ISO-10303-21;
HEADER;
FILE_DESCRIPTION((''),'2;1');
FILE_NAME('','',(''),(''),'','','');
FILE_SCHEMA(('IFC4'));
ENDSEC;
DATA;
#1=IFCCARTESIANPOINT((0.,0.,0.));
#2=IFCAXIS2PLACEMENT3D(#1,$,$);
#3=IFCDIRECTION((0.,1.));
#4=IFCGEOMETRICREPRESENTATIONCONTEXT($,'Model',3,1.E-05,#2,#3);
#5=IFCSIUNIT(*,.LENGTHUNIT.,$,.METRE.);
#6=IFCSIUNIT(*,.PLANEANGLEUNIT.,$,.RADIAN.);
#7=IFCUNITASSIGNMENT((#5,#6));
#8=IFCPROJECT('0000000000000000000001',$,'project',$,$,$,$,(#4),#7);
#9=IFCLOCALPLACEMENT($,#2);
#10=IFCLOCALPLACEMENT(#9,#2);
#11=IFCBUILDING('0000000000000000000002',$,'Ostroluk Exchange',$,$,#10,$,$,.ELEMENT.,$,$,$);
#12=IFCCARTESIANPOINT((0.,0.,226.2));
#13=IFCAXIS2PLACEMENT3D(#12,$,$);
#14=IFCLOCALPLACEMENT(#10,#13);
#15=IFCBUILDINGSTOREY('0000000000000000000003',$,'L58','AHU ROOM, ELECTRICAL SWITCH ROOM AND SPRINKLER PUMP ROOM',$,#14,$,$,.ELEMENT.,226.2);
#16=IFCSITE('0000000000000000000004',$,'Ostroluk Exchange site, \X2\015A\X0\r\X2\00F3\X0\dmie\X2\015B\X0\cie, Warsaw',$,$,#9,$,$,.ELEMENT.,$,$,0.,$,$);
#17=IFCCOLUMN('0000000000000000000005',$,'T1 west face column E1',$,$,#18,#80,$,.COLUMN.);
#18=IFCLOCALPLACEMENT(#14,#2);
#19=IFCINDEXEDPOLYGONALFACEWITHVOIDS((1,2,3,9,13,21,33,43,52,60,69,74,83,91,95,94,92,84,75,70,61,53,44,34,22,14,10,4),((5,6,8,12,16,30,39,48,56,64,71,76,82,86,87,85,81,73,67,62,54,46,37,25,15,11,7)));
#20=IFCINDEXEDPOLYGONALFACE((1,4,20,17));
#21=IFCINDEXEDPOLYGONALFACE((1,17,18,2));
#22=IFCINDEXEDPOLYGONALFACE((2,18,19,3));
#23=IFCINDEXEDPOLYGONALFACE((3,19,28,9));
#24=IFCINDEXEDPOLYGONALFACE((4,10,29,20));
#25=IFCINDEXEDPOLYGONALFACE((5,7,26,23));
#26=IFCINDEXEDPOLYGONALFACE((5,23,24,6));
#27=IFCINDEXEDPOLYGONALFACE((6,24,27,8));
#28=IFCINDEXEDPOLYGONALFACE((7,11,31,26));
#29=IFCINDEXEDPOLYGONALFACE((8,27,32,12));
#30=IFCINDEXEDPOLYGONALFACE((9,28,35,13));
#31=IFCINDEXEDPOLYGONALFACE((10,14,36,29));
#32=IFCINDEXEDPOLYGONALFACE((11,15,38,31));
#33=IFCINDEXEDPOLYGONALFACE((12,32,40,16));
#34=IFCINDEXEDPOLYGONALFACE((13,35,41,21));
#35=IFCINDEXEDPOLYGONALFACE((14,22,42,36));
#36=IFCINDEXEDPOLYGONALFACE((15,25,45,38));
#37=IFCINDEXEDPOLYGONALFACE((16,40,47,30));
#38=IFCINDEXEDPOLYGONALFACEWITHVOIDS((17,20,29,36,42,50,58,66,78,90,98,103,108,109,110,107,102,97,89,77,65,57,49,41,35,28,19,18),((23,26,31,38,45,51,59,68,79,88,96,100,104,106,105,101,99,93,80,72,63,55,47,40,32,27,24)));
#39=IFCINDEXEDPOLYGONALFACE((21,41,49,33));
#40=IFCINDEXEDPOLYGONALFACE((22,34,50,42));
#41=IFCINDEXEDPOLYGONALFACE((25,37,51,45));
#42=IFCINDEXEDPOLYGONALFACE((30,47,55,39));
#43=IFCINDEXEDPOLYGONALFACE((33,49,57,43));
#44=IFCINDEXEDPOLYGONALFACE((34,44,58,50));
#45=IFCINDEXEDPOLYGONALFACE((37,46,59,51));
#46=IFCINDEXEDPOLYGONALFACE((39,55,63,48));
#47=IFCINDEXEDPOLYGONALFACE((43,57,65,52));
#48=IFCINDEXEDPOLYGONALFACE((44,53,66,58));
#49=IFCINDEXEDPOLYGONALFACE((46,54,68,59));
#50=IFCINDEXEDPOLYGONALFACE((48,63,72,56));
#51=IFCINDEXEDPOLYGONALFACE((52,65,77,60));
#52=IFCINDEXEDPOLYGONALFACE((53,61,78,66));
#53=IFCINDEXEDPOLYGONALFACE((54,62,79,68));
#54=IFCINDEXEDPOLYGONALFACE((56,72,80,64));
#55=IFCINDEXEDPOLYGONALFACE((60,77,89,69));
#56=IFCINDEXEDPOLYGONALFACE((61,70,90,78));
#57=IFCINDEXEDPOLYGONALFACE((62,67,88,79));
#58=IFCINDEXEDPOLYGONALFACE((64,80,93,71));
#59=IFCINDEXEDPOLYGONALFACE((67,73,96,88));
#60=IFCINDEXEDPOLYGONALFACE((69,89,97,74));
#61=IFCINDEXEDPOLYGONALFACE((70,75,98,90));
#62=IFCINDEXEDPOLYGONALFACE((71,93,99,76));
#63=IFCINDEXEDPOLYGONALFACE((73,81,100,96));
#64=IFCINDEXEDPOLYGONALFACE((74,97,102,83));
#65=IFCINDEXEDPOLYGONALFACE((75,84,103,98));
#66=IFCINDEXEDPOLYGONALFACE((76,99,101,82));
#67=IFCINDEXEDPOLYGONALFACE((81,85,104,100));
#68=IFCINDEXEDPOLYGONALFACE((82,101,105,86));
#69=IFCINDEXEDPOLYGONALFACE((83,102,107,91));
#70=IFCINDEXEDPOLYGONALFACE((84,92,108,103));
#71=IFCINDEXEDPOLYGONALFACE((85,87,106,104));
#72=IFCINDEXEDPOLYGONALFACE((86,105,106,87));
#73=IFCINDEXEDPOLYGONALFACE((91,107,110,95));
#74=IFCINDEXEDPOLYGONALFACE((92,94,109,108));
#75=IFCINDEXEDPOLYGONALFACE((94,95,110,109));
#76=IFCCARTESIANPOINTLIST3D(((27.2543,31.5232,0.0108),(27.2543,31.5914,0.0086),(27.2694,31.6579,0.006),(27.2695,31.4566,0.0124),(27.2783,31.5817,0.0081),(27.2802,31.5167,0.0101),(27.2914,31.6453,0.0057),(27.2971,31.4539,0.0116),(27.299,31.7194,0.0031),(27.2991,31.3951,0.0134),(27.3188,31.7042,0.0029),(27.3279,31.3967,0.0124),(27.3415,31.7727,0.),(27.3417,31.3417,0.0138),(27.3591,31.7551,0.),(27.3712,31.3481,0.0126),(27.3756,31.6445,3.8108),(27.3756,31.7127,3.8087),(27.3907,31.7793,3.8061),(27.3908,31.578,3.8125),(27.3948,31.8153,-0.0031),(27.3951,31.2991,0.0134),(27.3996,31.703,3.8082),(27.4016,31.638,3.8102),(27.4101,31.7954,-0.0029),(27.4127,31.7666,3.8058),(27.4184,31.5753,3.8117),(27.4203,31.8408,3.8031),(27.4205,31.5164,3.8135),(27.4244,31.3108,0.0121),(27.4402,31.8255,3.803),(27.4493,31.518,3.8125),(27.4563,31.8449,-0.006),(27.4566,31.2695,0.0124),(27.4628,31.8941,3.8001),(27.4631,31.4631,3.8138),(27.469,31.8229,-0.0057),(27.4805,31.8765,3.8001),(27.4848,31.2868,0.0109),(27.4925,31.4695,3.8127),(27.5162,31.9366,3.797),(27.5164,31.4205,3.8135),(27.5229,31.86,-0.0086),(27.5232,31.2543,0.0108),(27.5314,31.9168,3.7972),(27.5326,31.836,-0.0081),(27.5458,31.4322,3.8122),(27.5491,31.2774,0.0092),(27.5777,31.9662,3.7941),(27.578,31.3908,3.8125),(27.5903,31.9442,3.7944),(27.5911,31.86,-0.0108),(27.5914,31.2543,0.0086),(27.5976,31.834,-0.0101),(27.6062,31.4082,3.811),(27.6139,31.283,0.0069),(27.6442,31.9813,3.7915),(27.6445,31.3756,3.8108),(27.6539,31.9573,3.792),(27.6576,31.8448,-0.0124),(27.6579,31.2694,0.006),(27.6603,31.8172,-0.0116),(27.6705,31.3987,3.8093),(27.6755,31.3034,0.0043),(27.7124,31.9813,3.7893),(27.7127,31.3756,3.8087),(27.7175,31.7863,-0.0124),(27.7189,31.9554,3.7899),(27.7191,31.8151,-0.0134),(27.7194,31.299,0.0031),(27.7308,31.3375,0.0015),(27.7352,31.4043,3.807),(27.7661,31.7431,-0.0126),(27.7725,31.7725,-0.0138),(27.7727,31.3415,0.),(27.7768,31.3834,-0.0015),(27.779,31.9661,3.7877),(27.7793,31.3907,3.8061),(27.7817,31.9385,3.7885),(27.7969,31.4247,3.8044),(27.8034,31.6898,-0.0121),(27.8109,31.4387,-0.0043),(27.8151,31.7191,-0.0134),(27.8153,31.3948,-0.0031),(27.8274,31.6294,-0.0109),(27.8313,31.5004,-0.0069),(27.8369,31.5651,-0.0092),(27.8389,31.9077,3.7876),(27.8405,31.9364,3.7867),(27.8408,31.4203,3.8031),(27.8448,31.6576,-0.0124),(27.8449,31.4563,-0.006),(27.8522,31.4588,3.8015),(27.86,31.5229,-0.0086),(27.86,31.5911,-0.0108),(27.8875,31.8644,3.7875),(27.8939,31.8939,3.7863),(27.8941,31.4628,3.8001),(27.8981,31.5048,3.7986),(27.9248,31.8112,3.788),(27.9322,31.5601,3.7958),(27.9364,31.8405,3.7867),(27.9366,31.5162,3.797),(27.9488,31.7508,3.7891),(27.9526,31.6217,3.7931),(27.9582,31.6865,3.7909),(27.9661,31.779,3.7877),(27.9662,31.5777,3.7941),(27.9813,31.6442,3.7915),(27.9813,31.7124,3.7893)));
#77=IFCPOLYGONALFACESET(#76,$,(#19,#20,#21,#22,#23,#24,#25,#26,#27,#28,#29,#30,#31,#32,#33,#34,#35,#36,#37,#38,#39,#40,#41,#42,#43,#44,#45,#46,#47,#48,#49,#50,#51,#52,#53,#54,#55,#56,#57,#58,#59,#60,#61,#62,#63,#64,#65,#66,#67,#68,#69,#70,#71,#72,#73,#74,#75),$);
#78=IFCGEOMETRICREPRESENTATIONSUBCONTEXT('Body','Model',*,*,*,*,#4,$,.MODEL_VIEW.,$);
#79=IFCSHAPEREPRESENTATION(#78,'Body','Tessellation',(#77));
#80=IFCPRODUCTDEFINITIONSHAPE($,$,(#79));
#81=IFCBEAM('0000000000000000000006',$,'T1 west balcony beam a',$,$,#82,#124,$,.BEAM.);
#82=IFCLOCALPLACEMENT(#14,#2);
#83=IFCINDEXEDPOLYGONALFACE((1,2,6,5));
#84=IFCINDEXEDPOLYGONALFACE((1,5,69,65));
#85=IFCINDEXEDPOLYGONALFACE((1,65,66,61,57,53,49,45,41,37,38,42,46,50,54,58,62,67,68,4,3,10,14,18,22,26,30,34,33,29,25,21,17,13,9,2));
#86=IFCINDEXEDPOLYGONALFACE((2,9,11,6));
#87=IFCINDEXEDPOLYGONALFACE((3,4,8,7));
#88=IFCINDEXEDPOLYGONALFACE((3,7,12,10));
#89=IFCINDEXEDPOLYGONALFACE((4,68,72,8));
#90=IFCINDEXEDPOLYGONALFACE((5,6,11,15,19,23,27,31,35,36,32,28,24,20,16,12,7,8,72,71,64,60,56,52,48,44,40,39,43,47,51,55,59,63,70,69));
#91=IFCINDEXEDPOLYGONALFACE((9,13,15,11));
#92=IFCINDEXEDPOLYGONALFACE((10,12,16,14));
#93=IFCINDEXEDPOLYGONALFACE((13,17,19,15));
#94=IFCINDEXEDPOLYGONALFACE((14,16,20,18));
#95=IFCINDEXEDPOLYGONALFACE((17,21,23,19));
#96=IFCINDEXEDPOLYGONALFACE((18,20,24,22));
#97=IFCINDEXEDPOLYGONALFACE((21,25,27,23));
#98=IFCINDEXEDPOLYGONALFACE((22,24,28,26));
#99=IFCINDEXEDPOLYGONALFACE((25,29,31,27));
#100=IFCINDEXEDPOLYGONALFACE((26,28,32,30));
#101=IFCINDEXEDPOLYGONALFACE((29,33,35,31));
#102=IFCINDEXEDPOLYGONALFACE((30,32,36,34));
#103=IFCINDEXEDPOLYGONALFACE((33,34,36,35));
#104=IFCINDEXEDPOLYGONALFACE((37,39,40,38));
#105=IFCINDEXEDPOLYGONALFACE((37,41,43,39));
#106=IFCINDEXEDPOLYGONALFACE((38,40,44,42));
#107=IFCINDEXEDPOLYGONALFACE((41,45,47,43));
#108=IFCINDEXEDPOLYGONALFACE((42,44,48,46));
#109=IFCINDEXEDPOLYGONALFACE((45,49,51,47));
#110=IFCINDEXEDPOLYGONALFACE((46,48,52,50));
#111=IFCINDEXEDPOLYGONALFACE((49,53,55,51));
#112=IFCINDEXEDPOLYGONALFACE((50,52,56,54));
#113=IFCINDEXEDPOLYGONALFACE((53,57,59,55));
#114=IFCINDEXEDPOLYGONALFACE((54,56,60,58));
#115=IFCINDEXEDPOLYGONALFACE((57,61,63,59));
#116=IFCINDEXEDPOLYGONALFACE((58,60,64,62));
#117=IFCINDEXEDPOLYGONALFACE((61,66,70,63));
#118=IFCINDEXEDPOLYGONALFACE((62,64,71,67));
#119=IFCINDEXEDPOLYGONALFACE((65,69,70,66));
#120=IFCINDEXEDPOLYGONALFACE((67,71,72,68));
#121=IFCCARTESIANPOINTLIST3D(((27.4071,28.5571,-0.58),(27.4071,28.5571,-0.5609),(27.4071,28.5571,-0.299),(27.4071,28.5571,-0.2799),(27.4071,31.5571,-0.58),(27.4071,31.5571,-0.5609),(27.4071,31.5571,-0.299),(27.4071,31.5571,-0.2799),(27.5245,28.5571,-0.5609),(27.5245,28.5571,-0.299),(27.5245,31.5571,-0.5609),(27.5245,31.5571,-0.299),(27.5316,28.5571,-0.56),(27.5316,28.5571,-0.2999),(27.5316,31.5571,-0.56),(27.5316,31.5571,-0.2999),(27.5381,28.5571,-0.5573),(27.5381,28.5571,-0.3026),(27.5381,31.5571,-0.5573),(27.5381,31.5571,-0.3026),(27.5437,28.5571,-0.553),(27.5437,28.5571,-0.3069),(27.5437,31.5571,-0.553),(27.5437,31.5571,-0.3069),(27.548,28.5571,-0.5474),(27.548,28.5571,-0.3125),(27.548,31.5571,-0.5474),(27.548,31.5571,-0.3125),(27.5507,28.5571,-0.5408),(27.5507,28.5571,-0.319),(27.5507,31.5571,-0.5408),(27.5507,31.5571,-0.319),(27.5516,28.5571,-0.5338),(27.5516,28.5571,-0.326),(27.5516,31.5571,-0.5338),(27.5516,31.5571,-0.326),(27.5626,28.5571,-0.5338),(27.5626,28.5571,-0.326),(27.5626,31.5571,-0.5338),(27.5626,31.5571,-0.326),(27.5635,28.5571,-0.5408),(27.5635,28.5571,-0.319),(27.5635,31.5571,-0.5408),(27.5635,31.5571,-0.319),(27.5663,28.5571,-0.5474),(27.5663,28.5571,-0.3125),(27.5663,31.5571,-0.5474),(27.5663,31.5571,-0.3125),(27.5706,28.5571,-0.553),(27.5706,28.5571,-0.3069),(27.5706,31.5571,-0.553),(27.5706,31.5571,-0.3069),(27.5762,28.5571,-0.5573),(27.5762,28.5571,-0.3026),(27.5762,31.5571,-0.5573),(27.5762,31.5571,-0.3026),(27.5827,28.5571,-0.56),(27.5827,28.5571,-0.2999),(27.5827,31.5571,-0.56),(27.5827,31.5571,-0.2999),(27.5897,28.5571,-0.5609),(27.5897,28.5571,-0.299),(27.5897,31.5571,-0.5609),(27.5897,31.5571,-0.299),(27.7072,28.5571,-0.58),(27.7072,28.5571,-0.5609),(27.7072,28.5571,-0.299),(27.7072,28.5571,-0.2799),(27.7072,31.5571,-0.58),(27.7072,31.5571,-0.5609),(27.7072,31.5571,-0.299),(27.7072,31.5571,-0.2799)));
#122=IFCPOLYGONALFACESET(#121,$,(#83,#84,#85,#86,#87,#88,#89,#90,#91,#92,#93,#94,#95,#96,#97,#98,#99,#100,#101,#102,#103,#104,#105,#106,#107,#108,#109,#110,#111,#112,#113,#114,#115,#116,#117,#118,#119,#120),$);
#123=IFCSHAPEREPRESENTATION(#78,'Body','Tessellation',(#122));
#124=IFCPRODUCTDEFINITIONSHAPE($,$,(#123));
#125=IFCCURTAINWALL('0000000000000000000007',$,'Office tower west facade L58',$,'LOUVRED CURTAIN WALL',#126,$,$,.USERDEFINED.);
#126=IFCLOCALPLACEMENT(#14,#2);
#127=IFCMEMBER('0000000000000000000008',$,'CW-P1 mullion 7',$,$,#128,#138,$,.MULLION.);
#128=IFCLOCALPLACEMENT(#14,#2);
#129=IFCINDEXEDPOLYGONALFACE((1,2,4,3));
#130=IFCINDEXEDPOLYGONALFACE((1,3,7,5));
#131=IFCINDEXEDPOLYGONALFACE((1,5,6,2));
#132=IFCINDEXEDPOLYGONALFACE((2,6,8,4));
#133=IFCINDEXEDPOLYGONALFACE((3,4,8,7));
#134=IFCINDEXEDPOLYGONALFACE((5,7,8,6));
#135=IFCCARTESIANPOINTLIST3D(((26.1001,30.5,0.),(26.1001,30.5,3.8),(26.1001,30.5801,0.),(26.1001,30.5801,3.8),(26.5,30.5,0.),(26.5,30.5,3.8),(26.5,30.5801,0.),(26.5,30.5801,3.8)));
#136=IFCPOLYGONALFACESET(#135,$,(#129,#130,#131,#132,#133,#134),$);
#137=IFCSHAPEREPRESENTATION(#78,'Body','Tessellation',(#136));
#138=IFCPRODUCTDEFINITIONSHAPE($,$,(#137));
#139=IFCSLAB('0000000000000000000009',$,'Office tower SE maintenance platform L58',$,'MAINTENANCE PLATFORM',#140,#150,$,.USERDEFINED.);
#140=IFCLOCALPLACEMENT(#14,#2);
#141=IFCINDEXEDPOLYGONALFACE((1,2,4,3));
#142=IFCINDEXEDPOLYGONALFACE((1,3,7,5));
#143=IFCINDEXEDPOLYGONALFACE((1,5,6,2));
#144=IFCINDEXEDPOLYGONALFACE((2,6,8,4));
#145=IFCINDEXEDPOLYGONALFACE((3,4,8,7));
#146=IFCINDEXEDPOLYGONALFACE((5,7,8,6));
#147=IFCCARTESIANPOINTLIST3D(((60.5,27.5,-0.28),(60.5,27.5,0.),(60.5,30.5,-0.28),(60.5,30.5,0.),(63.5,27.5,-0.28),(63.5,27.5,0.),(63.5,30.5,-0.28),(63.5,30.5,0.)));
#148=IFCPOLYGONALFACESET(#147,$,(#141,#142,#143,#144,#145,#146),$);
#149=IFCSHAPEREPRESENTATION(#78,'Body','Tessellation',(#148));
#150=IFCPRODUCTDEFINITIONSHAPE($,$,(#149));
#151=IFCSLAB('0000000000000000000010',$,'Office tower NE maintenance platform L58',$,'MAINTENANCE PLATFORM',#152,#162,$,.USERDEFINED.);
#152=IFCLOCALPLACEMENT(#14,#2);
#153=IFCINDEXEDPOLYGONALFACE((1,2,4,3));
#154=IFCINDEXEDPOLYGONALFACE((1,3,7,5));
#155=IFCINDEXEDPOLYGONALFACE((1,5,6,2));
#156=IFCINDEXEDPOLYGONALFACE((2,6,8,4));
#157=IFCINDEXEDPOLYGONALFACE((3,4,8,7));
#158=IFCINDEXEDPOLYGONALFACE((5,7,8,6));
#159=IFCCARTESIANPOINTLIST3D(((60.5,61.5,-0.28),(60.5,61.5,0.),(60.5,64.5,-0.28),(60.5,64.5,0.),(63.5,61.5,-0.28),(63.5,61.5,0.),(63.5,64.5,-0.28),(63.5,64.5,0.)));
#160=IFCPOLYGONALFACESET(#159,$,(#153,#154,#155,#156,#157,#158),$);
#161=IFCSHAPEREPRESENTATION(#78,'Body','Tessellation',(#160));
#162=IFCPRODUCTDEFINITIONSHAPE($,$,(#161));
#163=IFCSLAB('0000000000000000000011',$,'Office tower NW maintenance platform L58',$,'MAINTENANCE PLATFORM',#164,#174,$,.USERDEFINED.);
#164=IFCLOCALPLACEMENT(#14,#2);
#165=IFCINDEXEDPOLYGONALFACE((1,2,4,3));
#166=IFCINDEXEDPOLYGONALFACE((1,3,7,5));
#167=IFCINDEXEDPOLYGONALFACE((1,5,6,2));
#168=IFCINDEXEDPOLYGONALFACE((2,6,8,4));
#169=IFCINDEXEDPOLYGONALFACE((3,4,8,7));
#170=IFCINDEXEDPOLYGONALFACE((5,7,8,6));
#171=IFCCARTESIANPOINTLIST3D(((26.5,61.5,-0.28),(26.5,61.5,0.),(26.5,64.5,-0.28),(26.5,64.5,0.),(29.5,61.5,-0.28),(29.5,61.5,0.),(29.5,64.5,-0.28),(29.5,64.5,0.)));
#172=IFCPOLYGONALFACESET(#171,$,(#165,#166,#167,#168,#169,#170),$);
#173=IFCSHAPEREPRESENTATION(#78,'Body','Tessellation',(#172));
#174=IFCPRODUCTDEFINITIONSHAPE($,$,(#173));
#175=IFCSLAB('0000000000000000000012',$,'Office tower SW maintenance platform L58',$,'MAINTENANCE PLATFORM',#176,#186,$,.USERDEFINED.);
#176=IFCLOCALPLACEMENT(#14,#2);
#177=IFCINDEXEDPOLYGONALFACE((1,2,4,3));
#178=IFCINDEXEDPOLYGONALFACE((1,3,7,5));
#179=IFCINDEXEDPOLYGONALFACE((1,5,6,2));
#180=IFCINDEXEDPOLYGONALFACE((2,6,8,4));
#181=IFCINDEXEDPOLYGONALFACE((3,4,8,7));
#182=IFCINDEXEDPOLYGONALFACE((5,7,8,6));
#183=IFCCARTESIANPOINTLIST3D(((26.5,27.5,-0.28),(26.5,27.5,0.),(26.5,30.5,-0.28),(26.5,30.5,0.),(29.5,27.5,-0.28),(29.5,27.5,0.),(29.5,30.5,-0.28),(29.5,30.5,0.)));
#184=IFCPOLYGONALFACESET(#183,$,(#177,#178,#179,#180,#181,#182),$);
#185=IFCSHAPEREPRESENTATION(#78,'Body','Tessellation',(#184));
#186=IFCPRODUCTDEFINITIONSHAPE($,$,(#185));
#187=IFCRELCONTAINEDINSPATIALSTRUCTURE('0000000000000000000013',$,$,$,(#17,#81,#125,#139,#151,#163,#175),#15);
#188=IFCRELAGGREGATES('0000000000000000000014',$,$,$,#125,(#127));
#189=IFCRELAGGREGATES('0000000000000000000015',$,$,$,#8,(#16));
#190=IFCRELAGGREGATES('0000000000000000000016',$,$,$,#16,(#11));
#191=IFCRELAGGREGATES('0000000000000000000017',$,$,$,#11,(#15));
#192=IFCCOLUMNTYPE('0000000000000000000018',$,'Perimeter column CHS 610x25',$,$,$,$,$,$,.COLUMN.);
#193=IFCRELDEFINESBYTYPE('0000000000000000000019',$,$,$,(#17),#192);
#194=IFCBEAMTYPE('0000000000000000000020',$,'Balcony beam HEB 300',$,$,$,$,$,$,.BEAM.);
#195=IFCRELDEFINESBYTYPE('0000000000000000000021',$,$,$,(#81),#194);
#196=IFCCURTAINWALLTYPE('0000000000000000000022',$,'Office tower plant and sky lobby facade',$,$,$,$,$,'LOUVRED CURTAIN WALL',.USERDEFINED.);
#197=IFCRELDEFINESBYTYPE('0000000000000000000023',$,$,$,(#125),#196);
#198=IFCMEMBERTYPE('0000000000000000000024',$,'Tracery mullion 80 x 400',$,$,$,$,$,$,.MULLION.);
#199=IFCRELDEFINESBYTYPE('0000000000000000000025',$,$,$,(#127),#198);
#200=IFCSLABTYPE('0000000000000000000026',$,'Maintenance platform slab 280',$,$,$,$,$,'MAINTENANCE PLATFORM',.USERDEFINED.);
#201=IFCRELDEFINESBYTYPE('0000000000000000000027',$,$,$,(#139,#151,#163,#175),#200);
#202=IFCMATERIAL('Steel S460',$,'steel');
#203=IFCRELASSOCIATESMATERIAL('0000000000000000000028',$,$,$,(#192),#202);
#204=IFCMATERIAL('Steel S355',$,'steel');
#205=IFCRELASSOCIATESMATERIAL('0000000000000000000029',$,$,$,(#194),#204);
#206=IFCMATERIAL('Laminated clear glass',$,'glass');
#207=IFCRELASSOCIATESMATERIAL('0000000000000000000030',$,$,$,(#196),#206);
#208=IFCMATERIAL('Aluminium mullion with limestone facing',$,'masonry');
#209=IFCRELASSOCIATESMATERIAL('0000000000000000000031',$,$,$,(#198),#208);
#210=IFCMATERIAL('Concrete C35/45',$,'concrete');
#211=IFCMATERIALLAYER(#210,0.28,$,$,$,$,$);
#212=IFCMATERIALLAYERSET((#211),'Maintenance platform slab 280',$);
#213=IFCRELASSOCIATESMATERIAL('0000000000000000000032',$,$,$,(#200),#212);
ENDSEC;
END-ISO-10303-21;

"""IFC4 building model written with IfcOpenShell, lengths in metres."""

from ifc_helpers import new_model, si_unit, direction, frame, origin, origin_2d, place, context, subcontext, project, spatial, polyline, rectangle, hollow_circle, i_section, outline, extrude, material, layer, layer_set, material_profile, profile_set, type_object, element, aggregate, save


model = new_model("IFC4")

# Units and contexts
model_context = context("Model", 3, precision=1e-05, world=origin(), true_north=direction((0.0, 1.0)))
body_context = subcontext(model_context, "Body", "Model", "MODEL_VIEW")
ifc_project = project(units=[si_unit("LENGTHUNIT", "METRE"), si_unit("PLANEANGLEUNIT", "RADIAN")], contexts=[model_context])

# Site, building, storey
site_placement = place(None, origin())
site = spatial("IfcSite", under=ifc_project, at=site_placement, Name="Ostroluk Exchange site, Śródmieście, Warsaw", CompositionType="ELEMENT", RefElevation=0.0)
building_placement = place(site_placement, origin())
building = spatial("IfcBuilding", under=site, at=building_placement, Name="Ostroluk Exchange", CompositionType="ELEMENT")
storey_placement = place(building_placement, frame((0.0, 0.0, 226.2)))
storey = spatial("IfcBuildingStorey", under=building, at=storey_placement, Name="L58", Description="AHU ROOM, ELECTRICAL SWITCH ROOM AND SPRINKLER PUMP ROOM", CompositionType="ELEMENT", Elevation=226.2)

# Column
ifc_material_1 = material(Name="Steel S460", Category="steel")
ifc_material_profile_1 = material_profile(ifc_material_1, hollow_circle(Radius=0.3049, WallThickness=0.0249, at=origin_2d()), Name="CHS 610x25")
ifc_profile_set_1 = profile_set([ifc_material_profile_1], Name="Steel S460")
column_type = type_object("IfcColumnType", Name="Perimeter column CHS 610x25", PredefinedType="COLUMN", material=ifc_profile_set_1)
column_placement = place(storey_placement, frame((27.5571, 31.5571, 0.0), z_axis=(0.031898, 0.031898, 0.998982), x_axis=(-0.707107, 0.707107, 0.0)))
element("IfcColumn", 1, at=column_placement, inside=storey, type_object=column_type, Name="T1 west face column E1", PredefinedType="COLUMN", context=body_context, shape_type="SweptSolid", body=[
    extrude(hollow_circle(Radius=0.3049, WallThickness=0.0249, at=origin_2d()), origin(), (0.0, 0.0, 1.0), 3.804),
])

# Beam
ifc_material_2 = material(Name="Steel S355", Category="steel")
ifc_material_profile_2 = material_profile(ifc_material_2, i_section(OverallWidth=0.3, OverallDepth=0.3, WebThickness=0.011, FlangeThickness=0.019, FilletRadius=0.0271, at=origin_2d()), Name="HEB 300")
ifc_profile_set_2 = profile_set([ifc_material_profile_2], Name="Steel S355")
beam_type = type_object("IfcBeamType", Name="Balcony beam HEB 300", PredefinedType="BEAM", material=ifc_profile_set_2)
beam_placement = place(storey_placement, frame((27.5571, 31.5571, -0.4299), z_axis=(0.0, -1.0, 0.0), x_axis=(1.0, 0.0, 0.0)))
element("IfcBeam", 2, at=beam_placement, inside=storey, type_object=beam_type, Name="T1 west balcony beam a", PredefinedType="BEAM", context=body_context, shape_type="SweptSolid", body=[
    extrude(i_section(OverallWidth=0.3, OverallDepth=0.3, WebThickness=0.011, FlangeThickness=0.019, FilletRadius=0.0271, at=origin_2d()), origin(), (0.0, 0.0, 1.0), 3.0),
])

# Curtain wall, member
ifc_material_3 = material(Name="Laminated clear glass", Category="glass")
curtain_wall_type = type_object("IfcCurtainWallType", Name="Office tower plant and sky lobby facade", ElementType="LOUVRED CURTAIN WALL", PredefinedType="USERDEFINED", material=ifc_material_3)
curtain_wall_placement = place(storey_placement, origin())
curtain_wall = element("IfcCurtainWall", 3, at=curtain_wall_placement, inside=storey, type_object=curtain_wall_type, Name="Office tower west facade L58", ObjectType="LOUVRED CURTAIN WALL", PredefinedType="USERDEFINED")
ifc_material_4 = material(Name="Aluminium mullion with limestone facing", Category="masonry")
ifc_material_profile_3 = material_profile(ifc_material_4, rectangle(XDim=0.3999, YDim=0.0801, at=origin_2d()), Name="Tracery mullion 80 x 400")
ifc_profile_set_3 = profile_set([ifc_material_profile_3], Name="Aluminium mullion with limestone facing")
member_type = type_object("IfcMemberType", Name="Tracery mullion 80 x 400", PredefinedType="MULLION", material=ifc_profile_set_3)
member_placement = place(storey_placement, frame((26.3, 30.54, 0.0), z_axis=(0.0, 0.0, 1.0), x_axis=(1.0, 0.0, 0.0)))
member = element("IfcMember", 4, at=member_placement, type_object=member_type, Name="CW-P1 mullion 7", PredefinedType="MULLION", context=body_context, shape_type="SweptSolid", body=[
    extrude(rectangle(XDim=0.3999, YDim=0.0801, at=origin_2d()), origin(), (0.0, 0.0, 1.0), 3.8),
])
aggregate(curtain_wall, [member])

# Slabs
ifc_material_5 = material(Name="Concrete C35/45", Category="concrete")
ifc_layer_1 = layer(ifc_material_5, 0.28)
ifc_layer_set_1 = layer_set([ifc_layer_1], Name="Maintenance platform slab 280")
slab_type_1 = type_object("IfcSlabType", Name="Maintenance platform slab 280", ElementType="MAINTENANCE PLATFORM", PredefinedType="USERDEFINED", material=ifc_layer_set_1)
slab_1_placement = place(storey_placement, frame((0.0, 0.0, -0.28)))
element("IfcSlab", 5, at=slab_1_placement, inside=storey, type_object=slab_type_1, Name="Office tower SE maintenance platform L58", ObjectType="MAINTENANCE PLATFORM", PredefinedType="USERDEFINED", context=body_context, shape_type="SweptSolid", body=[
    extrude(outline(polyline([(60.5, 27.5), (63.5, 27.5), (63.5, 30.5), (60.5, 30.5), (60.5, 27.5)])), origin(), (0.0, 0.0, 1.0), 0.28),
])
slab_2_placement = place(storey_placement, frame((0.0, 0.0, -0.28)))
element("IfcSlab", 6, at=slab_2_placement, inside=storey, type_object=slab_type_1, Name="Office tower NE maintenance platform L58", ObjectType="MAINTENANCE PLATFORM", PredefinedType="USERDEFINED", context=body_context, shape_type="SweptSolid", body=[
    extrude(outline(polyline([(60.5, 61.5), (63.5, 61.5), (63.5, 64.5), (60.5, 64.5), (60.5, 61.5)])), origin(), (0.0, 0.0, 1.0), 0.28),
])
slab_3_placement = place(storey_placement, frame((0.0, 0.0, -0.28)))
element("IfcSlab", 7, at=slab_3_placement, inside=storey, type_object=slab_type_1, Name="Office tower NW maintenance platform L58", ObjectType="MAINTENANCE PLATFORM", PredefinedType="USERDEFINED", context=body_context, shape_type="SweptSolid", body=[
    extrude(outline(polyline([(26.5, 61.5), (29.5, 61.5), (29.5, 64.5), (26.5, 64.5), (26.5, 61.5)])), origin(), (0.0, 0.0, 1.0), 0.28),
])
slab_4_placement = place(storey_placement, frame((0.0, 0.0, -0.28)))
element("IfcSlab", 8, at=slab_4_placement, inside=storey, type_object=slab_type_1, Name="Office tower SW maintenance platform L58", ObjectType="MAINTENANCE PLATFORM", PredefinedType="USERDEFINED", context=body_context, shape_type="SweptSolid", body=[
    extrude(outline(polyline([(26.5, 27.5), (29.5, 27.5), (29.5, 30.5), (26.5, 30.5), (26.5, 27.5)])), origin(), (0.0, 0.0, 1.0), 0.28),
])

save(model, "model.ifc")
